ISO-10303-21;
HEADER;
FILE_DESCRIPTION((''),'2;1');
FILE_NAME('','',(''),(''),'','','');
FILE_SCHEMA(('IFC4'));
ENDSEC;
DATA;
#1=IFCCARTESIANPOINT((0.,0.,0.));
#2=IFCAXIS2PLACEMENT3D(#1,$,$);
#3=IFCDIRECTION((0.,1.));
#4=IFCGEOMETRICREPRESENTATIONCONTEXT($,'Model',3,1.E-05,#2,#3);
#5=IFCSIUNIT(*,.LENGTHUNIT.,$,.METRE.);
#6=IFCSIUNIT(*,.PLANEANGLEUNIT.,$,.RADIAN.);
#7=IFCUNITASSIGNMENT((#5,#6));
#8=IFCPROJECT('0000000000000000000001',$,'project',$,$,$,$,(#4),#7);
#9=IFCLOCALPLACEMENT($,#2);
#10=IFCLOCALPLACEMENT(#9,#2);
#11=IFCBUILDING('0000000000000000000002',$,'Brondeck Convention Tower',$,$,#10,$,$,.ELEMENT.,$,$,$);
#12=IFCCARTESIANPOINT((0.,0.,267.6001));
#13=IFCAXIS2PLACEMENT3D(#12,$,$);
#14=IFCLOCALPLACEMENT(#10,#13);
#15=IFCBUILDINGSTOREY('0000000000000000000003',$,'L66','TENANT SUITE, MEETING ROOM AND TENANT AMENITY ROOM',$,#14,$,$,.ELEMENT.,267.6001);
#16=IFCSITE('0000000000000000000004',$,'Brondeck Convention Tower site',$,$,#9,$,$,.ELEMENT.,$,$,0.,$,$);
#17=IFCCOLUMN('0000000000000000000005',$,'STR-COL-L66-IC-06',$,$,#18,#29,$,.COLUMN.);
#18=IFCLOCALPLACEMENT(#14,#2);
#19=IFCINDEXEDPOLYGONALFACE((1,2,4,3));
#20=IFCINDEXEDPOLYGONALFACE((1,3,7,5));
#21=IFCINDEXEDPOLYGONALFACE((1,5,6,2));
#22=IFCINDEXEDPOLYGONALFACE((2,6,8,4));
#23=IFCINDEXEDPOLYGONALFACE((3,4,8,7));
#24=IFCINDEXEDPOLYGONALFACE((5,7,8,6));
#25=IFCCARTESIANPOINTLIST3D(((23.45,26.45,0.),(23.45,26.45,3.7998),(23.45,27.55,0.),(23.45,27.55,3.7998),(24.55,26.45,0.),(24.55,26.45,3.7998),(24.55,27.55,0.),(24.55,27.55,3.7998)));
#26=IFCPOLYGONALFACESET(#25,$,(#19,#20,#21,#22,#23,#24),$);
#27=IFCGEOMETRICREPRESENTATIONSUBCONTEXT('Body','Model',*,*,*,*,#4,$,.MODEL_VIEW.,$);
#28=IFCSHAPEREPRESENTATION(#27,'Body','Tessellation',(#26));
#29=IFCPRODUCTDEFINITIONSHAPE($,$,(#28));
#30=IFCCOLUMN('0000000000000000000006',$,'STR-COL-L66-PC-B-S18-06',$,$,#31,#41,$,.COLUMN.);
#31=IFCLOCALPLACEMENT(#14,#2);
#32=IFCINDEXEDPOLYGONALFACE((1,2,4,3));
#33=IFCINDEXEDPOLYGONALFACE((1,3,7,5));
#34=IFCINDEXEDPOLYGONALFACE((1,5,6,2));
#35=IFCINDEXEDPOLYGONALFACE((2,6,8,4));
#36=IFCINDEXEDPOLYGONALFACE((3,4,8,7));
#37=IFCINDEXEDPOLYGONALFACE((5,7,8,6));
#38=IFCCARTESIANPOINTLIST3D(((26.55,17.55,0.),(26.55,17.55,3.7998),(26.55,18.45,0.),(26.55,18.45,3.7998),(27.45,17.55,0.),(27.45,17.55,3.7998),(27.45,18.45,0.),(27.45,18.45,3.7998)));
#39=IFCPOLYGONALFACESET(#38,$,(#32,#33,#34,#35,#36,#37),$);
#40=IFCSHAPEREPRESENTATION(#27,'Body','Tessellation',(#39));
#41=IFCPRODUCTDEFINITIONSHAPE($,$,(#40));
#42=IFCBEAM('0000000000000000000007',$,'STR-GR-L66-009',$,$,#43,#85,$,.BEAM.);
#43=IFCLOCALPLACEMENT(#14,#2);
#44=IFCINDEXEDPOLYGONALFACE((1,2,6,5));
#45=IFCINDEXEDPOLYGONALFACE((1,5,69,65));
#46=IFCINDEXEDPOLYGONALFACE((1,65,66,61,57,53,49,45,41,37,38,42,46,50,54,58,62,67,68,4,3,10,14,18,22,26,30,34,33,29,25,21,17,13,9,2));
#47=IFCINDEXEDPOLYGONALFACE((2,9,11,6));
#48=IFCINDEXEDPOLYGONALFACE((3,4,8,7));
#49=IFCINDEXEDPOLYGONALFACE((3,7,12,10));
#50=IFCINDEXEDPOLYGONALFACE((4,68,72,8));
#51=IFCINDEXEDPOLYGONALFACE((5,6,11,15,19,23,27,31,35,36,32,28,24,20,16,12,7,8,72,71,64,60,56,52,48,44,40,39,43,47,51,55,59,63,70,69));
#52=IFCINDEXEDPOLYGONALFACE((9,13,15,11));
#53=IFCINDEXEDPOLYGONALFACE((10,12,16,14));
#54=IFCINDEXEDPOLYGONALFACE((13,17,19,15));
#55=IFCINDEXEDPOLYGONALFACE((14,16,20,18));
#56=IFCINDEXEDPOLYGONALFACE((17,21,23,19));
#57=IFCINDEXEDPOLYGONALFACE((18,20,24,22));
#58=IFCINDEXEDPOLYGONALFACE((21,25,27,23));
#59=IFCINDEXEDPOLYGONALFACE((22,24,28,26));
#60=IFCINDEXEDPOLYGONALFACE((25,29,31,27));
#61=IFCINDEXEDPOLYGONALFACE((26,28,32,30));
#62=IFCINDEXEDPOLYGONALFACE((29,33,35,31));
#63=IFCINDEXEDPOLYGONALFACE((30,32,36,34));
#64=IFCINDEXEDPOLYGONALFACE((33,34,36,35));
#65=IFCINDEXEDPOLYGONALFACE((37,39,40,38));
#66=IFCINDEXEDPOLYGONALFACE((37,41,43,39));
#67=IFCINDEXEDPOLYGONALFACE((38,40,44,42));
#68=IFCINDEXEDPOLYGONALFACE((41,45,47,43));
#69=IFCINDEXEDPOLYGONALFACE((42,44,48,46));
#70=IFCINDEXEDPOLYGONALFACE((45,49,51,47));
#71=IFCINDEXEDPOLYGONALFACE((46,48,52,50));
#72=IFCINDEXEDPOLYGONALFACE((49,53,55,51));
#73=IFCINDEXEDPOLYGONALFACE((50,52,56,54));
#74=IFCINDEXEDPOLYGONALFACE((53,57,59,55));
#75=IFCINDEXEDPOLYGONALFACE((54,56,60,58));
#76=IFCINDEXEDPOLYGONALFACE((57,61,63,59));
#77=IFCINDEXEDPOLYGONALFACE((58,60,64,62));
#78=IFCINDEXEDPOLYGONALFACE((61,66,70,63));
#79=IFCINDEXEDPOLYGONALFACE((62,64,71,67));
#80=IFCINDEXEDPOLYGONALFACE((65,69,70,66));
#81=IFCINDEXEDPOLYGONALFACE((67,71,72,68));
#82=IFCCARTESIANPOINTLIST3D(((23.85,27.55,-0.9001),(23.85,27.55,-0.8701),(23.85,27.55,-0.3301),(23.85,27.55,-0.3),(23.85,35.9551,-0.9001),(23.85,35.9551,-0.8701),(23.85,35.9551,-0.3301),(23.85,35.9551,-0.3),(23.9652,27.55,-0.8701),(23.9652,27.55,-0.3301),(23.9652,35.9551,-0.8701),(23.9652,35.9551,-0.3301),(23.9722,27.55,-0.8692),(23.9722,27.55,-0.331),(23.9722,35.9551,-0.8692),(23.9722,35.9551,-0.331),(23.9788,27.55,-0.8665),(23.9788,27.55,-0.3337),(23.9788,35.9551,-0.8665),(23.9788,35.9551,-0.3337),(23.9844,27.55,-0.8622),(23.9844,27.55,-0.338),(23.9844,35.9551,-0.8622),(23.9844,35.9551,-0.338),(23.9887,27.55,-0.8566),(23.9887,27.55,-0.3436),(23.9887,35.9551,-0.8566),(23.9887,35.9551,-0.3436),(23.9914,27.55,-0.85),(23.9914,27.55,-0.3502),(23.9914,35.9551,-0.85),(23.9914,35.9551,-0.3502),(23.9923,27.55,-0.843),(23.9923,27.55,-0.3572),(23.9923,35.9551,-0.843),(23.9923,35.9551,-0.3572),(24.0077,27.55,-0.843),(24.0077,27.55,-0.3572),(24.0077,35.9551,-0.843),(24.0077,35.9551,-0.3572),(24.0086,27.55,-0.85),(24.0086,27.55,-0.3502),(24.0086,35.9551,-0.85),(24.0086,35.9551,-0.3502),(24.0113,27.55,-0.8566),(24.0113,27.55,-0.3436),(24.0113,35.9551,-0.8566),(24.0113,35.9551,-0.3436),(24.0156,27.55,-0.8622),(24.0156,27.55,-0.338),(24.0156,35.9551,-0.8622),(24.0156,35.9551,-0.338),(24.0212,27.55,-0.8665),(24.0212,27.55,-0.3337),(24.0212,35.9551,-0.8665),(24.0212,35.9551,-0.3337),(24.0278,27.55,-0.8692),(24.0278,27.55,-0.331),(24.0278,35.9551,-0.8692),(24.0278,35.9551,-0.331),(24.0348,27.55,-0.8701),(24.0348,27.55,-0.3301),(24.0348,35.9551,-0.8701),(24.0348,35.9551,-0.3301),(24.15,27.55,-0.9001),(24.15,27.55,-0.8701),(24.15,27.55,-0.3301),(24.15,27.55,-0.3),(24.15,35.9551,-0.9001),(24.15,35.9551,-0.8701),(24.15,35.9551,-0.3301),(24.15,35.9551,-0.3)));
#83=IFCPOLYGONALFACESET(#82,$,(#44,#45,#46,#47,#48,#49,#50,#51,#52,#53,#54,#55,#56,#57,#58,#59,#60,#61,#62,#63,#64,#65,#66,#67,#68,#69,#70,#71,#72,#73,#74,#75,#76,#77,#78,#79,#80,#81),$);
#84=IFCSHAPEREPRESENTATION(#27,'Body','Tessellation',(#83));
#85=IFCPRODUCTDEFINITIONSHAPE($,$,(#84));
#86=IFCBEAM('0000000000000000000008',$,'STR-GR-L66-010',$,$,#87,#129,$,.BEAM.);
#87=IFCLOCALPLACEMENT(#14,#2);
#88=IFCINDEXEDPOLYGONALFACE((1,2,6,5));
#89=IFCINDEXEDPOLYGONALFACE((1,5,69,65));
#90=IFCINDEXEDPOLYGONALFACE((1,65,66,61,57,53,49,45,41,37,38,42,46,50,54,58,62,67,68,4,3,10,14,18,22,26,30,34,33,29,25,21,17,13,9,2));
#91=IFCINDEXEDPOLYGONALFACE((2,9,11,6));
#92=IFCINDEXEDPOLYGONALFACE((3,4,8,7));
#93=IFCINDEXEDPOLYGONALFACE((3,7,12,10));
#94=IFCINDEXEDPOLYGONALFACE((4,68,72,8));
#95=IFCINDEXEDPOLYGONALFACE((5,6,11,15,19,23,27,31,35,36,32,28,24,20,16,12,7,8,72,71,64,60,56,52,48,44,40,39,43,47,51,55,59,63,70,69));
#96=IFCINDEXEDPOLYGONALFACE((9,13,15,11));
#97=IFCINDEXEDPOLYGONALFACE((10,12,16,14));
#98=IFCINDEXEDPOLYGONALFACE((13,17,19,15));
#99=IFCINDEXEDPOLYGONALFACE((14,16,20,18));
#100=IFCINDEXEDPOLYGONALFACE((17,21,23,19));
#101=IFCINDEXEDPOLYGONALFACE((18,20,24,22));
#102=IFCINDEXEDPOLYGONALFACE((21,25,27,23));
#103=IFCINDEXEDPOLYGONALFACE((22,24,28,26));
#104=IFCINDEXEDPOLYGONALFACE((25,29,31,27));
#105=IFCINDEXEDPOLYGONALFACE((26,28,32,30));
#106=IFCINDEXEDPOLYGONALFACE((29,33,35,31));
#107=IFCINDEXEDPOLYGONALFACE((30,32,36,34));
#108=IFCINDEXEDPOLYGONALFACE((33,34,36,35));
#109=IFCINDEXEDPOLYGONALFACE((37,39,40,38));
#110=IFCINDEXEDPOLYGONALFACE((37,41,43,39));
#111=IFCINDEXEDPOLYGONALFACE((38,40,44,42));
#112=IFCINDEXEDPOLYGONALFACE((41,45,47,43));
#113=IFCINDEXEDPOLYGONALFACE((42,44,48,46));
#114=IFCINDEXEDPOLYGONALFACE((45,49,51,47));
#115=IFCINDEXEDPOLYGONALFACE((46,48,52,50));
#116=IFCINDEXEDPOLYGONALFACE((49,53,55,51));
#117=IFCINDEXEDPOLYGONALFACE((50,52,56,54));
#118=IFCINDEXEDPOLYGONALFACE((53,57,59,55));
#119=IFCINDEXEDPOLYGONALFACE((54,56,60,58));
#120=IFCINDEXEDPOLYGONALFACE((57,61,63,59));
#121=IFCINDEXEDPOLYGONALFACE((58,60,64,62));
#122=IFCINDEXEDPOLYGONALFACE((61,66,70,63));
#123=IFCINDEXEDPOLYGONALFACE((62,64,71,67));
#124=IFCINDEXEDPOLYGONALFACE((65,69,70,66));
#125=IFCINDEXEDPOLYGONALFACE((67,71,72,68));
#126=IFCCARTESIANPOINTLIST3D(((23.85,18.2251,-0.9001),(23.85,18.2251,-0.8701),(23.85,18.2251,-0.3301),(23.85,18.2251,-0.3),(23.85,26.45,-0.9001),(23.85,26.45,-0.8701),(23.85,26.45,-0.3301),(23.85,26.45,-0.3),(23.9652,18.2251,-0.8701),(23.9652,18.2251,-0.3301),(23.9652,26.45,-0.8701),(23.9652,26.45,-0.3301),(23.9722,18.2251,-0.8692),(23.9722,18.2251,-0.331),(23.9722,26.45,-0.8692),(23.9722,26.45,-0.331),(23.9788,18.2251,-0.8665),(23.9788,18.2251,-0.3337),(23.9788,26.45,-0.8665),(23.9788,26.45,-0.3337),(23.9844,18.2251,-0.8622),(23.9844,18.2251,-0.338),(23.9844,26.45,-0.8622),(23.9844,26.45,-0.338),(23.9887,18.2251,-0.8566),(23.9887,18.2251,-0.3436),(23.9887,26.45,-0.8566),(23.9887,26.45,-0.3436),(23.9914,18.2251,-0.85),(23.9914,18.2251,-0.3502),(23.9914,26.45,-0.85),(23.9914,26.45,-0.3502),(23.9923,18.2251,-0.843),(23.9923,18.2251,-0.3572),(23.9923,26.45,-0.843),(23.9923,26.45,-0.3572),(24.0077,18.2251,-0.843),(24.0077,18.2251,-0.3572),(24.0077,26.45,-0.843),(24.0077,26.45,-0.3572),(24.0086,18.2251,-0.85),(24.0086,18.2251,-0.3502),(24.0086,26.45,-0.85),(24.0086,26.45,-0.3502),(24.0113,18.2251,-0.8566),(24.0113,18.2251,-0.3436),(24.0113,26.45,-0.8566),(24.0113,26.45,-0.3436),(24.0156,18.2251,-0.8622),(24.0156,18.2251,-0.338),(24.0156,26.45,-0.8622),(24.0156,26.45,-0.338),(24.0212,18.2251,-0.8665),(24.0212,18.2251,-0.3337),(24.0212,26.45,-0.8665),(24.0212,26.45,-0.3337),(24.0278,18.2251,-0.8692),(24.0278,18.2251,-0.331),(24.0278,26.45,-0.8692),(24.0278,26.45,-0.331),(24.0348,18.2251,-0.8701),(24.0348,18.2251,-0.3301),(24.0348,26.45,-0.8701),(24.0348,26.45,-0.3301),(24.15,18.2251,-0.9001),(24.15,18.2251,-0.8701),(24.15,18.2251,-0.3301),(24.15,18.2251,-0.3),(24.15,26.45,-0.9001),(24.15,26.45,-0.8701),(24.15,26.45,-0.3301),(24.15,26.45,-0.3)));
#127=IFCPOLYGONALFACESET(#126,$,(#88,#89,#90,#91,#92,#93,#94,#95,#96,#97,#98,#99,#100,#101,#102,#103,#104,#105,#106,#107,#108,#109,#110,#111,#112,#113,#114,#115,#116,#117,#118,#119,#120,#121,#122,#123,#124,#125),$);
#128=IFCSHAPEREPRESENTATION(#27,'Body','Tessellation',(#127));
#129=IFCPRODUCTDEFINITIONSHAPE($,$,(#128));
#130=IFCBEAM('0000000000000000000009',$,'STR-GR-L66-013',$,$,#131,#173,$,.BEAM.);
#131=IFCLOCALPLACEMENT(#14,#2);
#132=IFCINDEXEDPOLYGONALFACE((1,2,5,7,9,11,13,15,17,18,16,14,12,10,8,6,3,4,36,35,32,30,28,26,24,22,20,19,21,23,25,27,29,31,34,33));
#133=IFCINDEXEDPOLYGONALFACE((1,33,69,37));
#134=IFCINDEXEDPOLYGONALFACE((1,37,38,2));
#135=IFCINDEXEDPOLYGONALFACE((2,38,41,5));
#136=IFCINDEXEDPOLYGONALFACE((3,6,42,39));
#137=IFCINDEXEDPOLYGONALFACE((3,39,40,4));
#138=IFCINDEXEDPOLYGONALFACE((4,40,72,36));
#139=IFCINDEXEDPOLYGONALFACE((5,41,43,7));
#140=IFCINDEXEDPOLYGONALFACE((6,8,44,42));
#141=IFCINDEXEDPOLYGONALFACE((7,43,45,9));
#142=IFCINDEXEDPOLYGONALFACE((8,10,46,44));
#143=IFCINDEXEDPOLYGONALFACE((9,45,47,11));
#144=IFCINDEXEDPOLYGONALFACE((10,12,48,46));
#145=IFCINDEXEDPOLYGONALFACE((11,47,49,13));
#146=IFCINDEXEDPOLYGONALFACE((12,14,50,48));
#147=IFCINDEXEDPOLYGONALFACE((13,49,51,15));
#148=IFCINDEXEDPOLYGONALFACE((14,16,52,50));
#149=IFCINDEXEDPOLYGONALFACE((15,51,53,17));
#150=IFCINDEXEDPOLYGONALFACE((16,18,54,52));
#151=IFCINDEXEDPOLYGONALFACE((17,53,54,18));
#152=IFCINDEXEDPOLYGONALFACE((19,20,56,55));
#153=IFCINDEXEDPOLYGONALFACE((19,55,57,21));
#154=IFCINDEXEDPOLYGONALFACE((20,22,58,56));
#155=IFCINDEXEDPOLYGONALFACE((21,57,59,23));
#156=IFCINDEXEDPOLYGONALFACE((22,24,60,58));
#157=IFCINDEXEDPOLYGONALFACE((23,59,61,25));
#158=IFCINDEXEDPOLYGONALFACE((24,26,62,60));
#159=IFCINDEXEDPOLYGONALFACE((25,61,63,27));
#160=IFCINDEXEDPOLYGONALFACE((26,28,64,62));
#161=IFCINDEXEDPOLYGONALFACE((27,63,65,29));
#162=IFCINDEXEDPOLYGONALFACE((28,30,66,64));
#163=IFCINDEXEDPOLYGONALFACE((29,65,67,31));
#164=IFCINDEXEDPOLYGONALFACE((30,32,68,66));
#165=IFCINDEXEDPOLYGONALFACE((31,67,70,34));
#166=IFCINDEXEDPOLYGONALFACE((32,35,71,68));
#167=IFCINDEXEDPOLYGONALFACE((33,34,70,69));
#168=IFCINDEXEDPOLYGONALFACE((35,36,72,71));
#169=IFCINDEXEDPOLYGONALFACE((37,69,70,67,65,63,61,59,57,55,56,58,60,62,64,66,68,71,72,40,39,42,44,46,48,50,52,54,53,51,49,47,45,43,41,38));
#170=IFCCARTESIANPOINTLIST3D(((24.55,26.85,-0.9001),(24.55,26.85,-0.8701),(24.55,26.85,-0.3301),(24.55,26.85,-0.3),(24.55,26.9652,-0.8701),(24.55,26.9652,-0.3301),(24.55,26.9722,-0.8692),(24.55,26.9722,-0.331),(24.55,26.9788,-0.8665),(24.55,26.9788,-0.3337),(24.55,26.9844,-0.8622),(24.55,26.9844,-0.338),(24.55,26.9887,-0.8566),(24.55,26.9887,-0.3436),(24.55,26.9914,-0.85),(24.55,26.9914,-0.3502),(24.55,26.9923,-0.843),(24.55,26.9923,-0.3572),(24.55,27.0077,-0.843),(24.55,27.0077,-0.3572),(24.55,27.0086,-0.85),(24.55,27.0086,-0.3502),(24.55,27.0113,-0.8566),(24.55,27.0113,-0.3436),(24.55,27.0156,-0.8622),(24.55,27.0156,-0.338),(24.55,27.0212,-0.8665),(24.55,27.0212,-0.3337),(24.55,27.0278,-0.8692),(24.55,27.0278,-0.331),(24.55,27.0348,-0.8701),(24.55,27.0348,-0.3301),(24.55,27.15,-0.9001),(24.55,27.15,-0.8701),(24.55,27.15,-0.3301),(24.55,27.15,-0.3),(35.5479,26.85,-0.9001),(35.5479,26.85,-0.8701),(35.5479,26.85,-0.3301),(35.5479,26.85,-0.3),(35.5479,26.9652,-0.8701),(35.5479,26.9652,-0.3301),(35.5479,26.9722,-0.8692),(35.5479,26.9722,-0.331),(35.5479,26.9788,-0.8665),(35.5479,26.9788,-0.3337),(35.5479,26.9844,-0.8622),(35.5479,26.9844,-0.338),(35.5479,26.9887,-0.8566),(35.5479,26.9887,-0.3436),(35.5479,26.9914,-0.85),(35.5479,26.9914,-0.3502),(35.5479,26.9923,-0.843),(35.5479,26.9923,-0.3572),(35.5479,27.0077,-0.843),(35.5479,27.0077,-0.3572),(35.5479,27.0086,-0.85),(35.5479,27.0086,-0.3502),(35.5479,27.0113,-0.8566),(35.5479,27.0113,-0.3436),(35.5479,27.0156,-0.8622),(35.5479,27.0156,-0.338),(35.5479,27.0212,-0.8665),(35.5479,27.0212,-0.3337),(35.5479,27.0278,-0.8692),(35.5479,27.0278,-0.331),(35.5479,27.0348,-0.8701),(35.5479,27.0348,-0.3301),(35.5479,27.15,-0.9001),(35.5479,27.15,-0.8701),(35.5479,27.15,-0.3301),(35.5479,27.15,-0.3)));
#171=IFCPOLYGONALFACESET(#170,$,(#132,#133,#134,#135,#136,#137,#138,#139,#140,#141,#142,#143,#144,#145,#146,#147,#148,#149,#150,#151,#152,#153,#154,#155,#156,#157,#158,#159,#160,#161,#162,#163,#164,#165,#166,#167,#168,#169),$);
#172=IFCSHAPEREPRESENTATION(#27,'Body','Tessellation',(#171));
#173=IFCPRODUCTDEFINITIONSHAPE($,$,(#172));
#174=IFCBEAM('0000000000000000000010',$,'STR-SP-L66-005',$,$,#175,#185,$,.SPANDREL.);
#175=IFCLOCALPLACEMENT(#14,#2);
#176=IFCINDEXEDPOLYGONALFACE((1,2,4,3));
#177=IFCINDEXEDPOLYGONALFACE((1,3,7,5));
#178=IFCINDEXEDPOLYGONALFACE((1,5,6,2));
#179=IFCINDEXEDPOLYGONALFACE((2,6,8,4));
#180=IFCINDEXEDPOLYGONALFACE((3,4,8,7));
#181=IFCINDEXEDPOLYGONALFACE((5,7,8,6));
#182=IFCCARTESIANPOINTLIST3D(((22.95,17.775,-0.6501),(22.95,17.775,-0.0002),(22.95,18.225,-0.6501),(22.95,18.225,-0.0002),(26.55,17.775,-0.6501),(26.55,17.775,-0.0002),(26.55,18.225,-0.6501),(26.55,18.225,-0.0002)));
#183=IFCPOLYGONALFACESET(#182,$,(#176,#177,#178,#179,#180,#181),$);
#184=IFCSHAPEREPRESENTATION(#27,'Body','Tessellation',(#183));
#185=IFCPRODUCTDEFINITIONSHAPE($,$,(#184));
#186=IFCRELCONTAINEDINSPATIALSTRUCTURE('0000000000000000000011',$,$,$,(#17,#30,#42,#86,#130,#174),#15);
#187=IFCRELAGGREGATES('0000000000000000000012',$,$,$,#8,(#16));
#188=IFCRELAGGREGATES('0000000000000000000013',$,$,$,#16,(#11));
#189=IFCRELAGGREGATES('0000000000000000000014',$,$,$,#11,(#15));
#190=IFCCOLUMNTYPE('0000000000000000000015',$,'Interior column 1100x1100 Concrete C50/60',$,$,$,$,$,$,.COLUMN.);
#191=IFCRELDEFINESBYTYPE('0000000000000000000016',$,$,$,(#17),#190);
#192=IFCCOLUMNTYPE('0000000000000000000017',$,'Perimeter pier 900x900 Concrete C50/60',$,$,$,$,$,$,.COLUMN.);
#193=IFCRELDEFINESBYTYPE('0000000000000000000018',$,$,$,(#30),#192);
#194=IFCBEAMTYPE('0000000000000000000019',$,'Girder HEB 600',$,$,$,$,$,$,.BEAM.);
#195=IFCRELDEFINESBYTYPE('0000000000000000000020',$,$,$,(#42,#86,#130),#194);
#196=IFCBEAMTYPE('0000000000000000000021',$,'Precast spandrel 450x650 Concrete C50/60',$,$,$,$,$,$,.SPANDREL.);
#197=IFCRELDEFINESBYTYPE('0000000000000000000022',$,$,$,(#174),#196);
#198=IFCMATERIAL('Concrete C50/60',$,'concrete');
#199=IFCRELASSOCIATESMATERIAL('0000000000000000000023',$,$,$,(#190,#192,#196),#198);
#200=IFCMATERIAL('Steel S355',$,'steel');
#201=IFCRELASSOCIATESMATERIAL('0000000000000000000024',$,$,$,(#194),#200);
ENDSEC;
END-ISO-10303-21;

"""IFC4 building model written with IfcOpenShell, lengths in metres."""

from ifc_helpers import new_model, si_unit, direction, frame, origin, origin_2d, place, context, subcontext, project, spatial, rectangle, i_section, extrude, material, material_profile, profile_set, type_object, element, save


model = new_model("IFC4")

# Units and contexts
model_context = context("Model", 3, precision=1e-05, world=origin(), true_north=direction((0.0, 1.0)))
body_context = subcontext(model_context, "Body", "Model", "MODEL_VIEW")
ifc_project = project(units=[si_unit("LENGTHUNIT", "METRE"), si_unit("PLANEANGLEUNIT", "RADIAN")], contexts=[model_context])

# Site, building, storey
site_placement = place(None, origin())
site = spatial("IfcSite", under=ifc_project, at=site_placement, Name="Brondeck Convention Tower site", CompositionType="ELEMENT", RefElevation=0.0)
building_placement = place(site_placement, origin())
building = spatial("IfcBuilding", under=site, at=building_placement, Name="Brondeck Convention Tower", CompositionType="ELEMENT")
storey_placement = place(building_placement, frame((0.0, 0.0, 267.6001)))
storey = spatial("IfcBuildingStorey", under=building, at=storey_placement, Name="L66", Description="TENANT SUITE, MEETING ROOM AND TENANT AMENITY ROOM", CompositionType="ELEMENT", Elevation=267.6001)

# Columns
ifc_material_1 = material(Name="Concrete C50/60", Category="concrete")
ifc_material_profile_1 = material_profile(ifc_material_1, rectangle(XDim=1.1001, YDim=1.1001, at=origin_2d()), Name="Interior column 1100x1100 Concrete C50/60")
ifc_profile_set_1 = profile_set([ifc_material_profile_1], Name="Concrete C50/60")
column_type_1 = type_object("IfcColumnType", Name="Interior column 1100x1100 Concrete C50/60", PredefinedType="COLUMN", material=ifc_profile_set_1)
column_1_placement = place(storey_placement, frame((24.0, 27.0, 0.0), z_axis=(0.0, 0.0, 1.0), x_axis=(1.0, 0.0, 0.0)))
element("IfcColumn", 1, at=column_1_placement, inside=storey, type_object=column_type_1, Name="STR-COL-L66-IC-06", PredefinedType="COLUMN", context=body_context, shape_type="SweptSolid", body=[
    extrude(rectangle(XDim=1.1001, YDim=1.1001, at=origin_2d()), origin(), (0.0, 0.0, 1.0), 3.7998),
])
ifc_material_profile_2 = material_profile(ifc_material_1, rectangle(XDim=0.8999, YDim=0.8999, at=origin_2d()), Name="Perimeter pier 900x900 Concrete C50/60")
ifc_profile_set_2 = profile_set([ifc_material_profile_2], Name="Concrete C50/60")
column_type_2 = type_object("IfcColumnType", Name="Perimeter pier 900x900 Concrete C50/60", PredefinedType="COLUMN", material=ifc_profile_set_2)
column_2_placement = place(storey_placement, frame((27.0, 18.0, 0.0), z_axis=(0.0, 0.0, 1.0), x_axis=(1.0, 0.0, 0.0)))
element("IfcColumn", 2, at=column_2_placement, inside=storey, type_object=column_type_2, Name="STR-COL-L66-PC-B-S18-06", PredefinedType="COLUMN", context=body_context, shape_type="SweptSolid", body=[
    extrude(rectangle(XDim=0.8999, YDim=0.8999, at=origin_2d()), origin(), (0.0, 0.0, 1.0), 3.7998),
])

# Beams
ifc_material_2 = material(Name="Steel S355", Category="steel")
ifc_material_profile_3 = material_profile(ifc_material_2, i_section(OverallWidth=0.3, OverallDepth=0.6001, WebThickness=0.0154, FlangeThickness=0.03, FilletRadius=0.0271, at=origin_2d()), Name="HEB 600")
ifc_profile_set_3 = profile_set([ifc_material_profile_3], Name="Steel S355")
beam_type_1 = type_object("IfcBeamType", Name="Girder HEB 600", PredefinedType="BEAM", material=ifc_profile_set_3)
beam_1_placement = place(storey_placement, frame((24.0, 35.9551, -0.6001), z_axis=(0.0, -1.0, 0.0), x_axis=(1.0, 0.0, 0.0)))
element("IfcBeam", 3, at=beam_1_placement, inside=storey, type_object=beam_type_1, Name="STR-GR-L66-009", PredefinedType="BEAM", context=body_context, shape_type="SweptSolid", body=[
    extrude(i_section(OverallWidth=0.3, OverallDepth=0.6001, WebThickness=0.0154, FlangeThickness=0.03, FilletRadius=0.0271, at=origin_2d()), origin(), (0.0, 0.0, 1.0), 8.405),
])
beam_2_placement = place(storey_placement, frame((24.0, 26.45, -0.6001), z_axis=(0.0, -1.0, 0.0), x_axis=(1.0, 0.0, 0.0)))
element("IfcBeam", 4, at=beam_2_placement, inside=storey, type_object=beam_type_1, Name="STR-GR-L66-010", PredefinedType="BEAM", context=body_context, shape_type="SweptSolid", body=[
    extrude(i_section(OverallWidth=0.3, OverallDepth=0.6001, WebThickness=0.0154, FlangeThickness=0.03, FilletRadius=0.0271, at=origin_2d()), origin(), (0.0, 0.0, 1.0), 8.2249),
])
beam_3_placement = place(storey_placement, frame((24.55, 27.0, -0.6001), z_axis=(1.0, 0.0, 0.0), x_axis=(0.0, 1.0, 0.0)))
element("IfcBeam", 5, at=beam_3_placement, inside=storey, type_object=beam_type_1, Name="STR-GR-L66-013", PredefinedType="BEAM", context=body_context, shape_type="SweptSolid", body=[
    extrude(i_section(OverallWidth=0.3, OverallDepth=0.6001, WebThickness=0.0154, FlangeThickness=0.03, FilletRadius=0.0271, at=origin_2d()), origin(), (0.0, 0.0, 1.0), 10.9978),
])
ifc_material_profile_4 = material_profile(ifc_material_1, rectangle(XDim=0.45, YDim=0.6499, at=origin_2d()), Name="Precast spandrel 450x650 Concrete C50/60")
ifc_profile_set_4 = profile_set([ifc_material_profile_4], Name="Concrete C50/60")
beam_type_2 = type_object("IfcBeamType", Name="Precast spandrel 450x650 Concrete C50/60", PredefinedType="SPANDREL", material=ifc_profile_set_4)
for number, where, z_axis, x_axis, name in (
    (6, (22.95, 18.0, -0.3252), (1.0, 0.0, 0.0), (0.0, 1.0, 0.0), "STR-SP-L66-005"),
):
    element("IfcBeam", number, at=place(storey_placement, frame(where, z_axis=z_axis, x_axis=x_axis)), inside=storey, type_object=beam_type_2, Name=name, PredefinedType="SPANDREL", context=body_context, shape_type="SweptSolid", body=[
        extrude(rectangle(XDim=0.45, YDim=0.6499, at=origin_2d()), origin(), (0.0, 0.0, 1.0), 3.6001),
    ])

save(model, "model.ifc")
